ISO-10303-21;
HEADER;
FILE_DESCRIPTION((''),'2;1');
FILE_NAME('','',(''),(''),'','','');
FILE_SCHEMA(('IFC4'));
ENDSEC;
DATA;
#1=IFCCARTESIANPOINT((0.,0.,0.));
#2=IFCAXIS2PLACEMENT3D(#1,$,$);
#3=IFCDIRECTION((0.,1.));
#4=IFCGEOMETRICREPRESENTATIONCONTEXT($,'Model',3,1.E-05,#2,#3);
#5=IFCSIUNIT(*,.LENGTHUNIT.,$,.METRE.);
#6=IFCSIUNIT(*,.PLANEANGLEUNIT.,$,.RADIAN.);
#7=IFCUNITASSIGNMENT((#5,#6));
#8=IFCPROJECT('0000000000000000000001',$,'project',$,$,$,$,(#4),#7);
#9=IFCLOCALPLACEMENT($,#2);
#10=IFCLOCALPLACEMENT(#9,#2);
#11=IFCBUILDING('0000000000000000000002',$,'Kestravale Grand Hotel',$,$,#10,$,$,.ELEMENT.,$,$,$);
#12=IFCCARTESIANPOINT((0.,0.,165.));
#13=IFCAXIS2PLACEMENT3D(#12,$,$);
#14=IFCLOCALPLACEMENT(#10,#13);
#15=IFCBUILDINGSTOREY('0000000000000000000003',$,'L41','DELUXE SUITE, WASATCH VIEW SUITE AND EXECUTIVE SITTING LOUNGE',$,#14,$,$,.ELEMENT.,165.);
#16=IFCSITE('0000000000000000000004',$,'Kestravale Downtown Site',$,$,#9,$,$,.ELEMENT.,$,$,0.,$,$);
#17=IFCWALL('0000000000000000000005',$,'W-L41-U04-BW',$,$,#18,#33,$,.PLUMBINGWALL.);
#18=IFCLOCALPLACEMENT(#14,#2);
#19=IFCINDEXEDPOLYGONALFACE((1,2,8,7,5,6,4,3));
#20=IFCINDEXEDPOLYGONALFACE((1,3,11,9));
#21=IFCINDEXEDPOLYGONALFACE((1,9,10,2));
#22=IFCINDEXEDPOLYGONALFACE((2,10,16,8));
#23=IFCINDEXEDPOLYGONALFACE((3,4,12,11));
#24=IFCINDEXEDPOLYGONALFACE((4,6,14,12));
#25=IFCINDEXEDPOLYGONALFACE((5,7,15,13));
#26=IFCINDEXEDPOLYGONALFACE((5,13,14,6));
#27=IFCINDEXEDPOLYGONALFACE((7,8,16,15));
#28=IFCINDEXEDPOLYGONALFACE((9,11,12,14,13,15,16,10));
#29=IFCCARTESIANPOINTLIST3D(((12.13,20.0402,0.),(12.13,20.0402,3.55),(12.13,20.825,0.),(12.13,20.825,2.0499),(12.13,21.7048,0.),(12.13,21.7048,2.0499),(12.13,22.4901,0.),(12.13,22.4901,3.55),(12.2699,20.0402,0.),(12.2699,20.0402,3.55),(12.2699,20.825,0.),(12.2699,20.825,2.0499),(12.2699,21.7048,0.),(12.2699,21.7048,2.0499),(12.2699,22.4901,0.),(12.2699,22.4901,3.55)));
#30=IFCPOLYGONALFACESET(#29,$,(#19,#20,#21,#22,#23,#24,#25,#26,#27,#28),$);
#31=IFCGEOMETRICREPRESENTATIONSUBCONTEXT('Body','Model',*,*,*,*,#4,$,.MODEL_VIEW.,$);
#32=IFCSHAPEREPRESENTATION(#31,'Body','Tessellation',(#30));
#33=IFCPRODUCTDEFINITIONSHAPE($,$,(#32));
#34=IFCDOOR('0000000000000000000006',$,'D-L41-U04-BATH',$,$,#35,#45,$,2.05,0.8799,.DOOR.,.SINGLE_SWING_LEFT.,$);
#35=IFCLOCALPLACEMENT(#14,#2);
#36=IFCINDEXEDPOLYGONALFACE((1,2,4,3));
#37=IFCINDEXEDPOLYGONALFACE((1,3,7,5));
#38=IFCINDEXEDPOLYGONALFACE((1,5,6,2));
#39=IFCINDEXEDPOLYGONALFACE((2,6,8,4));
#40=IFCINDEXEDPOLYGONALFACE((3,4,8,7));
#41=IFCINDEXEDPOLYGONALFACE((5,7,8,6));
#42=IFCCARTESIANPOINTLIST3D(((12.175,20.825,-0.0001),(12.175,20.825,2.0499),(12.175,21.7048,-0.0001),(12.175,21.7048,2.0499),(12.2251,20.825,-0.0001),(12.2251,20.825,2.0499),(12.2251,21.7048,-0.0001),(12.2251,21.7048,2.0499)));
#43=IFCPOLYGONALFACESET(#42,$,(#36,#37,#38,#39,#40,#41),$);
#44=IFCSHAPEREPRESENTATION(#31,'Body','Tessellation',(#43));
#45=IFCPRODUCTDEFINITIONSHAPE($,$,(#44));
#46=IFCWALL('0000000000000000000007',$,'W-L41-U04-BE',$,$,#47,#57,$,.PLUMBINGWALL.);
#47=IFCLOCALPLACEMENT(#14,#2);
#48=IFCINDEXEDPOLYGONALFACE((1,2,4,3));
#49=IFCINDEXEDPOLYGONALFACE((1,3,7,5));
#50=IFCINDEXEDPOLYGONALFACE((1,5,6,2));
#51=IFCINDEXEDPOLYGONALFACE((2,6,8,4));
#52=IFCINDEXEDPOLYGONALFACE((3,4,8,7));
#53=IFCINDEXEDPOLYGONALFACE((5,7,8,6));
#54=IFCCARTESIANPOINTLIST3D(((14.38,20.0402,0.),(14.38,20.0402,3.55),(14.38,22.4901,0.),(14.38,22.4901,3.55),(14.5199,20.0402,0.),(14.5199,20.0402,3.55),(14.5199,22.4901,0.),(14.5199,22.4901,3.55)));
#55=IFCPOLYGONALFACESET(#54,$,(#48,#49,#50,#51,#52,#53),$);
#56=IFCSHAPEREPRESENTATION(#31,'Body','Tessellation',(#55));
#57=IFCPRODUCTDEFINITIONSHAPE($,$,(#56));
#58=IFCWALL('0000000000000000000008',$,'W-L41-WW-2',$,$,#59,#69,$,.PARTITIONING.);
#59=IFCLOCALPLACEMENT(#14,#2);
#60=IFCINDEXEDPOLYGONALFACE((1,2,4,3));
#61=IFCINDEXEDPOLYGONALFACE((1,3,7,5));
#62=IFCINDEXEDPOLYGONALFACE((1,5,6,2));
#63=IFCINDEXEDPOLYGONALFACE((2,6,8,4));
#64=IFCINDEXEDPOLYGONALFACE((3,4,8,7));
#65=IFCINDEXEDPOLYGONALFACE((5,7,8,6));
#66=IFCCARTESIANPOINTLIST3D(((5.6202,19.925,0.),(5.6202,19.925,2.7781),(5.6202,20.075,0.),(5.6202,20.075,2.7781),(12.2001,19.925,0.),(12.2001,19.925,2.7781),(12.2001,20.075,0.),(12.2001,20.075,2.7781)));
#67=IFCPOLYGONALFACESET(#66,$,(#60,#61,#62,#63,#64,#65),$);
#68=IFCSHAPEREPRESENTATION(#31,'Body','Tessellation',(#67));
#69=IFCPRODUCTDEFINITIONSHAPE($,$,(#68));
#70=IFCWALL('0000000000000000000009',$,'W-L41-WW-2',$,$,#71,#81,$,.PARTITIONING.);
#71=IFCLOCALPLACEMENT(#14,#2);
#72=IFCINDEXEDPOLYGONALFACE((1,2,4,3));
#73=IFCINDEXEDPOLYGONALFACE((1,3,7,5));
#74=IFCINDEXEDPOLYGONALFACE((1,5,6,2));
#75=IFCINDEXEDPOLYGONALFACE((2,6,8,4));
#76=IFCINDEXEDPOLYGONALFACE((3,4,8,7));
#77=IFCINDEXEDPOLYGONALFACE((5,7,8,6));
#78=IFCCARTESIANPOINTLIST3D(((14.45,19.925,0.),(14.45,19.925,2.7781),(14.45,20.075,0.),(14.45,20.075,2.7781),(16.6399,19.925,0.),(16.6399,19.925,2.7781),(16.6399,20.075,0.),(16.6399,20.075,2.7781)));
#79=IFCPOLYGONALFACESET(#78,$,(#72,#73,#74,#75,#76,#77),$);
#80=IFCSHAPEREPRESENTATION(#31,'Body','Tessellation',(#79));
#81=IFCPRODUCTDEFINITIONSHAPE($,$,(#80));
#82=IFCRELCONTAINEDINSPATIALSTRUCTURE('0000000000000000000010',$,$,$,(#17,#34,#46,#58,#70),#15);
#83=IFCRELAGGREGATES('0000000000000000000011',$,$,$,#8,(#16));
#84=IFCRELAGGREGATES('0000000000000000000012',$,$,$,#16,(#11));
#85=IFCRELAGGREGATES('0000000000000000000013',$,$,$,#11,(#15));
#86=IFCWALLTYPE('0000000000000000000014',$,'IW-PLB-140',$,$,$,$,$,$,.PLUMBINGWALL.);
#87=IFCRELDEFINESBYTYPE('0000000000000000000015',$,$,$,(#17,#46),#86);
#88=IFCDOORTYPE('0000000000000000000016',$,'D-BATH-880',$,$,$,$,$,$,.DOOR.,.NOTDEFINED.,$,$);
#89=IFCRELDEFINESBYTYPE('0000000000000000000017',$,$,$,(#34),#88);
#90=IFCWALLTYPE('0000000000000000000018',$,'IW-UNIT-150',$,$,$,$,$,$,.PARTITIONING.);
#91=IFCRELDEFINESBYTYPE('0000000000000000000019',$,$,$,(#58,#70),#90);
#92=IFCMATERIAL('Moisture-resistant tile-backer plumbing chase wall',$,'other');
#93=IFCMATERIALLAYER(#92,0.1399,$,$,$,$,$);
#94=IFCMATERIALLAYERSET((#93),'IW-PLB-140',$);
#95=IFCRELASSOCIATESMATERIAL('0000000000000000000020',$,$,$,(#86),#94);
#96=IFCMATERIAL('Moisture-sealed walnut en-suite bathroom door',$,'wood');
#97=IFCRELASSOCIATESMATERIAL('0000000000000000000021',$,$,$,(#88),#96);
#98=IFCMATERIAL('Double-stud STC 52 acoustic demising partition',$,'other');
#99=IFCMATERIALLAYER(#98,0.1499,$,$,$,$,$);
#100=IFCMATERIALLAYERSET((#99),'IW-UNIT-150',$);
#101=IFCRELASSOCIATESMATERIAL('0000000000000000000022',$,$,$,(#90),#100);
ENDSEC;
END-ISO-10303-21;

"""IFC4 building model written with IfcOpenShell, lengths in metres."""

from ifc_helpers import new_model, si_unit, direction, frame, frame_2d, origin, place, context, subcontext, project, spatial, rectangle, extrude, material, layer, layer_set, type_object, element, fill, save


model = new_model("IFC4")

# Units and contexts
model_context = context("Model", 3, precision=1e-05, world=origin(), true_north=direction((0.0, 1.0)))
body_context = subcontext(model_context, "Body", "Model", "MODEL_VIEW")
ifc_project = project(units=[si_unit("LENGTHUNIT", "METRE"), si_unit("PLANEANGLEUNIT", "RADIAN")], contexts=[model_context])

# Site, building, storey
site_placement = place(None, origin())
site = spatial("IfcSite", under=ifc_project, at=site_placement, Name="Kestravale Downtown Site", CompositionType="ELEMENT", RefElevation=0.0)
building_placement = place(site_placement, origin())
building = spatial("IfcBuilding", under=site, at=building_placement, Name="Kestravale Grand Hotel", CompositionType="ELEMENT")
storey_placement = place(building_placement, frame((0.0, 0.0, 165.0)))
storey = spatial("IfcBuildingStorey", under=building, at=storey_placement, Name="L41", Description="DELUXE SUITE, WASATCH VIEW SUITE AND EXECUTIVE SITTING LOUNGE", CompositionType="ELEMENT", Elevation=165.0)

# Shared definitions
ifc_material_1 = material(Name="Moisture-resistant tile-backer plumbing chase wall", Category="other")
ifc_layer_1 = layer(ifc_material_1, 0.1399)
ifc_layer_set_1 = layer_set([ifc_layer_1], Name="IW-PLB-140")
wall_type_1 = type_object("IfcWallType", Name="IW-PLB-140", PredefinedType="PLUMBINGWALL", material=ifc_layer_set_1)
ifc_material_2 = material(Name="Moisture-sealed walnut en-suite bathroom door", Category="wood")
door_type_1 = type_object("IfcDoorType", Name="D-BATH-880", OperationType="NOTDEFINED", PredefinedType="DOOR", material=ifc_material_2)

# Wall, opening, door
wall_1_placement = place(storey_placement, frame((12.2, 20.04, 0.0), z_axis=(0.0, 0.0, 1.0), x_axis=(0.0, 1.0, 0.0)))
wall_1 = element("IfcWall", 1, at=wall_1_placement, inside=storey, type_object=wall_type_1, Name="W-L41-U04-BW", PredefinedType="PLUMBINGWALL", context=body_context, shape_type="SweptSolid", body=[
    extrude(rectangle(XDim=2.45, YDim=0.1399, at=frame_2d((1.2251, 0.0))), origin(), (0.0, 0.0, 1.0), 3.55),
])
opening_1_placement = place(wall_1_placement, frame((0.7849, 0.0, 0.0)))
opening_1 = element("IfcOpeningElement", 2, at=opening_1_placement, cuts=wall_1, PredefinedType="OPENING", context=body_context, shape_type="SweptSolid", body=[
    extrude(rectangle(XDim=0.8799, YDim=2.05, at=frame_2d((0.4399, 1.0249))), frame((0.0, 0.0798, 0.0), z_axis=(0.0, -1.0, 0.0), x_axis=(1.0, 0.0, 0.0)), (0.0, 0.0, 1.0), 0.1599),
])
door_1_placement = place(opening_1_placement, origin())
door_1 = element("IfcDoor", 3, at=door_1_placement, inside=storey, type_object=door_type_1, Name="D-L41-U04-BATH", OperationType="SINGLE_SWING_LEFT", OverallHeight=2.05, OverallWidth=0.8799, PredefinedType="DOOR", context=body_context, shape_type="SweptSolid", body=[
    extrude(rectangle(XDim=0.8799, YDim=2.05, at=frame_2d((0.4399, 1.0249))), frame((0.0, 0.0249, 0.0), z_axis=(0.0, -1.0, 0.0), x_axis=(1.0, 0.0, 0.0)), (0.0, 0.0, 1.0), 0.05),
])
fill(opening_1, door_1)

# Walls
wall_2_placement = place(storey_placement, frame((14.45, 20.04, 0.0), z_axis=(0.0, 0.0, 1.0), x_axis=(0.0, 1.0, 0.0)))
element("IfcWall", 4, at=wall_2_placement, inside=storey, type_object=wall_type_1, Name="W-L41-U04-BE", PredefinedType="PLUMBINGWALL", context=body_context, shape_type="SweptSolid", body=[
    extrude(rectangle(XDim=2.45, YDim=0.1399, at=frame_2d((1.2251, 0.0))), origin(), (0.0, 0.0, 1.0), 3.55),
])
ifc_material_3 = material(Name="Double-stud STC 52 acoustic demising partition", Category="other")
ifc_layer_2 = layer(ifc_material_3, 0.1499)
ifc_layer_set_2 = layer_set([ifc_layer_2], Name="IW-UNIT-150")
wall_type_2 = type_object("IfcWallType", Name="IW-UNIT-150", PredefinedType="PARTITIONING", material=ifc_layer_set_2)
wall_3_placement = place(storey_placement, frame((5.6201, 20.0, 0.0), z_axis=(0.0, 0.0, 1.0), x_axis=(1.0, 0.0, 0.0)))
element("IfcWall", 5, at=wall_3_placement, inside=storey, type_object=wall_type_2, Name="W-L41-WW-2", PredefinedType="PARTITIONING", context=body_context, shape_type="SweptSolid", body=[
    extrude(rectangle(XDim=6.5798, YDim=0.1499, at=frame_2d((3.29, 0.0))), origin(), (0.0, 0.0, 1.0), 2.7781),
])
wall_4_placement = place(storey_placement, frame((14.45, 20.0, 0.0), z_axis=(0.0, 0.0, 1.0), x_axis=(1.0, 0.0, 0.0)))
element("IfcWall", 6, at=wall_4_placement, inside=storey, type_object=wall_type_2, Name="W-L41-WW-2", PredefinedType="PARTITIONING", context=body_context, shape_type="SweptSolid", body=[
    extrude(rectangle(XDim=2.1899, YDim=0.1499, at=frame_2d((1.095, 0.0))), origin(), (0.0, 0.0, 1.0), 2.7781),
])

save(model, "model.ifc")
